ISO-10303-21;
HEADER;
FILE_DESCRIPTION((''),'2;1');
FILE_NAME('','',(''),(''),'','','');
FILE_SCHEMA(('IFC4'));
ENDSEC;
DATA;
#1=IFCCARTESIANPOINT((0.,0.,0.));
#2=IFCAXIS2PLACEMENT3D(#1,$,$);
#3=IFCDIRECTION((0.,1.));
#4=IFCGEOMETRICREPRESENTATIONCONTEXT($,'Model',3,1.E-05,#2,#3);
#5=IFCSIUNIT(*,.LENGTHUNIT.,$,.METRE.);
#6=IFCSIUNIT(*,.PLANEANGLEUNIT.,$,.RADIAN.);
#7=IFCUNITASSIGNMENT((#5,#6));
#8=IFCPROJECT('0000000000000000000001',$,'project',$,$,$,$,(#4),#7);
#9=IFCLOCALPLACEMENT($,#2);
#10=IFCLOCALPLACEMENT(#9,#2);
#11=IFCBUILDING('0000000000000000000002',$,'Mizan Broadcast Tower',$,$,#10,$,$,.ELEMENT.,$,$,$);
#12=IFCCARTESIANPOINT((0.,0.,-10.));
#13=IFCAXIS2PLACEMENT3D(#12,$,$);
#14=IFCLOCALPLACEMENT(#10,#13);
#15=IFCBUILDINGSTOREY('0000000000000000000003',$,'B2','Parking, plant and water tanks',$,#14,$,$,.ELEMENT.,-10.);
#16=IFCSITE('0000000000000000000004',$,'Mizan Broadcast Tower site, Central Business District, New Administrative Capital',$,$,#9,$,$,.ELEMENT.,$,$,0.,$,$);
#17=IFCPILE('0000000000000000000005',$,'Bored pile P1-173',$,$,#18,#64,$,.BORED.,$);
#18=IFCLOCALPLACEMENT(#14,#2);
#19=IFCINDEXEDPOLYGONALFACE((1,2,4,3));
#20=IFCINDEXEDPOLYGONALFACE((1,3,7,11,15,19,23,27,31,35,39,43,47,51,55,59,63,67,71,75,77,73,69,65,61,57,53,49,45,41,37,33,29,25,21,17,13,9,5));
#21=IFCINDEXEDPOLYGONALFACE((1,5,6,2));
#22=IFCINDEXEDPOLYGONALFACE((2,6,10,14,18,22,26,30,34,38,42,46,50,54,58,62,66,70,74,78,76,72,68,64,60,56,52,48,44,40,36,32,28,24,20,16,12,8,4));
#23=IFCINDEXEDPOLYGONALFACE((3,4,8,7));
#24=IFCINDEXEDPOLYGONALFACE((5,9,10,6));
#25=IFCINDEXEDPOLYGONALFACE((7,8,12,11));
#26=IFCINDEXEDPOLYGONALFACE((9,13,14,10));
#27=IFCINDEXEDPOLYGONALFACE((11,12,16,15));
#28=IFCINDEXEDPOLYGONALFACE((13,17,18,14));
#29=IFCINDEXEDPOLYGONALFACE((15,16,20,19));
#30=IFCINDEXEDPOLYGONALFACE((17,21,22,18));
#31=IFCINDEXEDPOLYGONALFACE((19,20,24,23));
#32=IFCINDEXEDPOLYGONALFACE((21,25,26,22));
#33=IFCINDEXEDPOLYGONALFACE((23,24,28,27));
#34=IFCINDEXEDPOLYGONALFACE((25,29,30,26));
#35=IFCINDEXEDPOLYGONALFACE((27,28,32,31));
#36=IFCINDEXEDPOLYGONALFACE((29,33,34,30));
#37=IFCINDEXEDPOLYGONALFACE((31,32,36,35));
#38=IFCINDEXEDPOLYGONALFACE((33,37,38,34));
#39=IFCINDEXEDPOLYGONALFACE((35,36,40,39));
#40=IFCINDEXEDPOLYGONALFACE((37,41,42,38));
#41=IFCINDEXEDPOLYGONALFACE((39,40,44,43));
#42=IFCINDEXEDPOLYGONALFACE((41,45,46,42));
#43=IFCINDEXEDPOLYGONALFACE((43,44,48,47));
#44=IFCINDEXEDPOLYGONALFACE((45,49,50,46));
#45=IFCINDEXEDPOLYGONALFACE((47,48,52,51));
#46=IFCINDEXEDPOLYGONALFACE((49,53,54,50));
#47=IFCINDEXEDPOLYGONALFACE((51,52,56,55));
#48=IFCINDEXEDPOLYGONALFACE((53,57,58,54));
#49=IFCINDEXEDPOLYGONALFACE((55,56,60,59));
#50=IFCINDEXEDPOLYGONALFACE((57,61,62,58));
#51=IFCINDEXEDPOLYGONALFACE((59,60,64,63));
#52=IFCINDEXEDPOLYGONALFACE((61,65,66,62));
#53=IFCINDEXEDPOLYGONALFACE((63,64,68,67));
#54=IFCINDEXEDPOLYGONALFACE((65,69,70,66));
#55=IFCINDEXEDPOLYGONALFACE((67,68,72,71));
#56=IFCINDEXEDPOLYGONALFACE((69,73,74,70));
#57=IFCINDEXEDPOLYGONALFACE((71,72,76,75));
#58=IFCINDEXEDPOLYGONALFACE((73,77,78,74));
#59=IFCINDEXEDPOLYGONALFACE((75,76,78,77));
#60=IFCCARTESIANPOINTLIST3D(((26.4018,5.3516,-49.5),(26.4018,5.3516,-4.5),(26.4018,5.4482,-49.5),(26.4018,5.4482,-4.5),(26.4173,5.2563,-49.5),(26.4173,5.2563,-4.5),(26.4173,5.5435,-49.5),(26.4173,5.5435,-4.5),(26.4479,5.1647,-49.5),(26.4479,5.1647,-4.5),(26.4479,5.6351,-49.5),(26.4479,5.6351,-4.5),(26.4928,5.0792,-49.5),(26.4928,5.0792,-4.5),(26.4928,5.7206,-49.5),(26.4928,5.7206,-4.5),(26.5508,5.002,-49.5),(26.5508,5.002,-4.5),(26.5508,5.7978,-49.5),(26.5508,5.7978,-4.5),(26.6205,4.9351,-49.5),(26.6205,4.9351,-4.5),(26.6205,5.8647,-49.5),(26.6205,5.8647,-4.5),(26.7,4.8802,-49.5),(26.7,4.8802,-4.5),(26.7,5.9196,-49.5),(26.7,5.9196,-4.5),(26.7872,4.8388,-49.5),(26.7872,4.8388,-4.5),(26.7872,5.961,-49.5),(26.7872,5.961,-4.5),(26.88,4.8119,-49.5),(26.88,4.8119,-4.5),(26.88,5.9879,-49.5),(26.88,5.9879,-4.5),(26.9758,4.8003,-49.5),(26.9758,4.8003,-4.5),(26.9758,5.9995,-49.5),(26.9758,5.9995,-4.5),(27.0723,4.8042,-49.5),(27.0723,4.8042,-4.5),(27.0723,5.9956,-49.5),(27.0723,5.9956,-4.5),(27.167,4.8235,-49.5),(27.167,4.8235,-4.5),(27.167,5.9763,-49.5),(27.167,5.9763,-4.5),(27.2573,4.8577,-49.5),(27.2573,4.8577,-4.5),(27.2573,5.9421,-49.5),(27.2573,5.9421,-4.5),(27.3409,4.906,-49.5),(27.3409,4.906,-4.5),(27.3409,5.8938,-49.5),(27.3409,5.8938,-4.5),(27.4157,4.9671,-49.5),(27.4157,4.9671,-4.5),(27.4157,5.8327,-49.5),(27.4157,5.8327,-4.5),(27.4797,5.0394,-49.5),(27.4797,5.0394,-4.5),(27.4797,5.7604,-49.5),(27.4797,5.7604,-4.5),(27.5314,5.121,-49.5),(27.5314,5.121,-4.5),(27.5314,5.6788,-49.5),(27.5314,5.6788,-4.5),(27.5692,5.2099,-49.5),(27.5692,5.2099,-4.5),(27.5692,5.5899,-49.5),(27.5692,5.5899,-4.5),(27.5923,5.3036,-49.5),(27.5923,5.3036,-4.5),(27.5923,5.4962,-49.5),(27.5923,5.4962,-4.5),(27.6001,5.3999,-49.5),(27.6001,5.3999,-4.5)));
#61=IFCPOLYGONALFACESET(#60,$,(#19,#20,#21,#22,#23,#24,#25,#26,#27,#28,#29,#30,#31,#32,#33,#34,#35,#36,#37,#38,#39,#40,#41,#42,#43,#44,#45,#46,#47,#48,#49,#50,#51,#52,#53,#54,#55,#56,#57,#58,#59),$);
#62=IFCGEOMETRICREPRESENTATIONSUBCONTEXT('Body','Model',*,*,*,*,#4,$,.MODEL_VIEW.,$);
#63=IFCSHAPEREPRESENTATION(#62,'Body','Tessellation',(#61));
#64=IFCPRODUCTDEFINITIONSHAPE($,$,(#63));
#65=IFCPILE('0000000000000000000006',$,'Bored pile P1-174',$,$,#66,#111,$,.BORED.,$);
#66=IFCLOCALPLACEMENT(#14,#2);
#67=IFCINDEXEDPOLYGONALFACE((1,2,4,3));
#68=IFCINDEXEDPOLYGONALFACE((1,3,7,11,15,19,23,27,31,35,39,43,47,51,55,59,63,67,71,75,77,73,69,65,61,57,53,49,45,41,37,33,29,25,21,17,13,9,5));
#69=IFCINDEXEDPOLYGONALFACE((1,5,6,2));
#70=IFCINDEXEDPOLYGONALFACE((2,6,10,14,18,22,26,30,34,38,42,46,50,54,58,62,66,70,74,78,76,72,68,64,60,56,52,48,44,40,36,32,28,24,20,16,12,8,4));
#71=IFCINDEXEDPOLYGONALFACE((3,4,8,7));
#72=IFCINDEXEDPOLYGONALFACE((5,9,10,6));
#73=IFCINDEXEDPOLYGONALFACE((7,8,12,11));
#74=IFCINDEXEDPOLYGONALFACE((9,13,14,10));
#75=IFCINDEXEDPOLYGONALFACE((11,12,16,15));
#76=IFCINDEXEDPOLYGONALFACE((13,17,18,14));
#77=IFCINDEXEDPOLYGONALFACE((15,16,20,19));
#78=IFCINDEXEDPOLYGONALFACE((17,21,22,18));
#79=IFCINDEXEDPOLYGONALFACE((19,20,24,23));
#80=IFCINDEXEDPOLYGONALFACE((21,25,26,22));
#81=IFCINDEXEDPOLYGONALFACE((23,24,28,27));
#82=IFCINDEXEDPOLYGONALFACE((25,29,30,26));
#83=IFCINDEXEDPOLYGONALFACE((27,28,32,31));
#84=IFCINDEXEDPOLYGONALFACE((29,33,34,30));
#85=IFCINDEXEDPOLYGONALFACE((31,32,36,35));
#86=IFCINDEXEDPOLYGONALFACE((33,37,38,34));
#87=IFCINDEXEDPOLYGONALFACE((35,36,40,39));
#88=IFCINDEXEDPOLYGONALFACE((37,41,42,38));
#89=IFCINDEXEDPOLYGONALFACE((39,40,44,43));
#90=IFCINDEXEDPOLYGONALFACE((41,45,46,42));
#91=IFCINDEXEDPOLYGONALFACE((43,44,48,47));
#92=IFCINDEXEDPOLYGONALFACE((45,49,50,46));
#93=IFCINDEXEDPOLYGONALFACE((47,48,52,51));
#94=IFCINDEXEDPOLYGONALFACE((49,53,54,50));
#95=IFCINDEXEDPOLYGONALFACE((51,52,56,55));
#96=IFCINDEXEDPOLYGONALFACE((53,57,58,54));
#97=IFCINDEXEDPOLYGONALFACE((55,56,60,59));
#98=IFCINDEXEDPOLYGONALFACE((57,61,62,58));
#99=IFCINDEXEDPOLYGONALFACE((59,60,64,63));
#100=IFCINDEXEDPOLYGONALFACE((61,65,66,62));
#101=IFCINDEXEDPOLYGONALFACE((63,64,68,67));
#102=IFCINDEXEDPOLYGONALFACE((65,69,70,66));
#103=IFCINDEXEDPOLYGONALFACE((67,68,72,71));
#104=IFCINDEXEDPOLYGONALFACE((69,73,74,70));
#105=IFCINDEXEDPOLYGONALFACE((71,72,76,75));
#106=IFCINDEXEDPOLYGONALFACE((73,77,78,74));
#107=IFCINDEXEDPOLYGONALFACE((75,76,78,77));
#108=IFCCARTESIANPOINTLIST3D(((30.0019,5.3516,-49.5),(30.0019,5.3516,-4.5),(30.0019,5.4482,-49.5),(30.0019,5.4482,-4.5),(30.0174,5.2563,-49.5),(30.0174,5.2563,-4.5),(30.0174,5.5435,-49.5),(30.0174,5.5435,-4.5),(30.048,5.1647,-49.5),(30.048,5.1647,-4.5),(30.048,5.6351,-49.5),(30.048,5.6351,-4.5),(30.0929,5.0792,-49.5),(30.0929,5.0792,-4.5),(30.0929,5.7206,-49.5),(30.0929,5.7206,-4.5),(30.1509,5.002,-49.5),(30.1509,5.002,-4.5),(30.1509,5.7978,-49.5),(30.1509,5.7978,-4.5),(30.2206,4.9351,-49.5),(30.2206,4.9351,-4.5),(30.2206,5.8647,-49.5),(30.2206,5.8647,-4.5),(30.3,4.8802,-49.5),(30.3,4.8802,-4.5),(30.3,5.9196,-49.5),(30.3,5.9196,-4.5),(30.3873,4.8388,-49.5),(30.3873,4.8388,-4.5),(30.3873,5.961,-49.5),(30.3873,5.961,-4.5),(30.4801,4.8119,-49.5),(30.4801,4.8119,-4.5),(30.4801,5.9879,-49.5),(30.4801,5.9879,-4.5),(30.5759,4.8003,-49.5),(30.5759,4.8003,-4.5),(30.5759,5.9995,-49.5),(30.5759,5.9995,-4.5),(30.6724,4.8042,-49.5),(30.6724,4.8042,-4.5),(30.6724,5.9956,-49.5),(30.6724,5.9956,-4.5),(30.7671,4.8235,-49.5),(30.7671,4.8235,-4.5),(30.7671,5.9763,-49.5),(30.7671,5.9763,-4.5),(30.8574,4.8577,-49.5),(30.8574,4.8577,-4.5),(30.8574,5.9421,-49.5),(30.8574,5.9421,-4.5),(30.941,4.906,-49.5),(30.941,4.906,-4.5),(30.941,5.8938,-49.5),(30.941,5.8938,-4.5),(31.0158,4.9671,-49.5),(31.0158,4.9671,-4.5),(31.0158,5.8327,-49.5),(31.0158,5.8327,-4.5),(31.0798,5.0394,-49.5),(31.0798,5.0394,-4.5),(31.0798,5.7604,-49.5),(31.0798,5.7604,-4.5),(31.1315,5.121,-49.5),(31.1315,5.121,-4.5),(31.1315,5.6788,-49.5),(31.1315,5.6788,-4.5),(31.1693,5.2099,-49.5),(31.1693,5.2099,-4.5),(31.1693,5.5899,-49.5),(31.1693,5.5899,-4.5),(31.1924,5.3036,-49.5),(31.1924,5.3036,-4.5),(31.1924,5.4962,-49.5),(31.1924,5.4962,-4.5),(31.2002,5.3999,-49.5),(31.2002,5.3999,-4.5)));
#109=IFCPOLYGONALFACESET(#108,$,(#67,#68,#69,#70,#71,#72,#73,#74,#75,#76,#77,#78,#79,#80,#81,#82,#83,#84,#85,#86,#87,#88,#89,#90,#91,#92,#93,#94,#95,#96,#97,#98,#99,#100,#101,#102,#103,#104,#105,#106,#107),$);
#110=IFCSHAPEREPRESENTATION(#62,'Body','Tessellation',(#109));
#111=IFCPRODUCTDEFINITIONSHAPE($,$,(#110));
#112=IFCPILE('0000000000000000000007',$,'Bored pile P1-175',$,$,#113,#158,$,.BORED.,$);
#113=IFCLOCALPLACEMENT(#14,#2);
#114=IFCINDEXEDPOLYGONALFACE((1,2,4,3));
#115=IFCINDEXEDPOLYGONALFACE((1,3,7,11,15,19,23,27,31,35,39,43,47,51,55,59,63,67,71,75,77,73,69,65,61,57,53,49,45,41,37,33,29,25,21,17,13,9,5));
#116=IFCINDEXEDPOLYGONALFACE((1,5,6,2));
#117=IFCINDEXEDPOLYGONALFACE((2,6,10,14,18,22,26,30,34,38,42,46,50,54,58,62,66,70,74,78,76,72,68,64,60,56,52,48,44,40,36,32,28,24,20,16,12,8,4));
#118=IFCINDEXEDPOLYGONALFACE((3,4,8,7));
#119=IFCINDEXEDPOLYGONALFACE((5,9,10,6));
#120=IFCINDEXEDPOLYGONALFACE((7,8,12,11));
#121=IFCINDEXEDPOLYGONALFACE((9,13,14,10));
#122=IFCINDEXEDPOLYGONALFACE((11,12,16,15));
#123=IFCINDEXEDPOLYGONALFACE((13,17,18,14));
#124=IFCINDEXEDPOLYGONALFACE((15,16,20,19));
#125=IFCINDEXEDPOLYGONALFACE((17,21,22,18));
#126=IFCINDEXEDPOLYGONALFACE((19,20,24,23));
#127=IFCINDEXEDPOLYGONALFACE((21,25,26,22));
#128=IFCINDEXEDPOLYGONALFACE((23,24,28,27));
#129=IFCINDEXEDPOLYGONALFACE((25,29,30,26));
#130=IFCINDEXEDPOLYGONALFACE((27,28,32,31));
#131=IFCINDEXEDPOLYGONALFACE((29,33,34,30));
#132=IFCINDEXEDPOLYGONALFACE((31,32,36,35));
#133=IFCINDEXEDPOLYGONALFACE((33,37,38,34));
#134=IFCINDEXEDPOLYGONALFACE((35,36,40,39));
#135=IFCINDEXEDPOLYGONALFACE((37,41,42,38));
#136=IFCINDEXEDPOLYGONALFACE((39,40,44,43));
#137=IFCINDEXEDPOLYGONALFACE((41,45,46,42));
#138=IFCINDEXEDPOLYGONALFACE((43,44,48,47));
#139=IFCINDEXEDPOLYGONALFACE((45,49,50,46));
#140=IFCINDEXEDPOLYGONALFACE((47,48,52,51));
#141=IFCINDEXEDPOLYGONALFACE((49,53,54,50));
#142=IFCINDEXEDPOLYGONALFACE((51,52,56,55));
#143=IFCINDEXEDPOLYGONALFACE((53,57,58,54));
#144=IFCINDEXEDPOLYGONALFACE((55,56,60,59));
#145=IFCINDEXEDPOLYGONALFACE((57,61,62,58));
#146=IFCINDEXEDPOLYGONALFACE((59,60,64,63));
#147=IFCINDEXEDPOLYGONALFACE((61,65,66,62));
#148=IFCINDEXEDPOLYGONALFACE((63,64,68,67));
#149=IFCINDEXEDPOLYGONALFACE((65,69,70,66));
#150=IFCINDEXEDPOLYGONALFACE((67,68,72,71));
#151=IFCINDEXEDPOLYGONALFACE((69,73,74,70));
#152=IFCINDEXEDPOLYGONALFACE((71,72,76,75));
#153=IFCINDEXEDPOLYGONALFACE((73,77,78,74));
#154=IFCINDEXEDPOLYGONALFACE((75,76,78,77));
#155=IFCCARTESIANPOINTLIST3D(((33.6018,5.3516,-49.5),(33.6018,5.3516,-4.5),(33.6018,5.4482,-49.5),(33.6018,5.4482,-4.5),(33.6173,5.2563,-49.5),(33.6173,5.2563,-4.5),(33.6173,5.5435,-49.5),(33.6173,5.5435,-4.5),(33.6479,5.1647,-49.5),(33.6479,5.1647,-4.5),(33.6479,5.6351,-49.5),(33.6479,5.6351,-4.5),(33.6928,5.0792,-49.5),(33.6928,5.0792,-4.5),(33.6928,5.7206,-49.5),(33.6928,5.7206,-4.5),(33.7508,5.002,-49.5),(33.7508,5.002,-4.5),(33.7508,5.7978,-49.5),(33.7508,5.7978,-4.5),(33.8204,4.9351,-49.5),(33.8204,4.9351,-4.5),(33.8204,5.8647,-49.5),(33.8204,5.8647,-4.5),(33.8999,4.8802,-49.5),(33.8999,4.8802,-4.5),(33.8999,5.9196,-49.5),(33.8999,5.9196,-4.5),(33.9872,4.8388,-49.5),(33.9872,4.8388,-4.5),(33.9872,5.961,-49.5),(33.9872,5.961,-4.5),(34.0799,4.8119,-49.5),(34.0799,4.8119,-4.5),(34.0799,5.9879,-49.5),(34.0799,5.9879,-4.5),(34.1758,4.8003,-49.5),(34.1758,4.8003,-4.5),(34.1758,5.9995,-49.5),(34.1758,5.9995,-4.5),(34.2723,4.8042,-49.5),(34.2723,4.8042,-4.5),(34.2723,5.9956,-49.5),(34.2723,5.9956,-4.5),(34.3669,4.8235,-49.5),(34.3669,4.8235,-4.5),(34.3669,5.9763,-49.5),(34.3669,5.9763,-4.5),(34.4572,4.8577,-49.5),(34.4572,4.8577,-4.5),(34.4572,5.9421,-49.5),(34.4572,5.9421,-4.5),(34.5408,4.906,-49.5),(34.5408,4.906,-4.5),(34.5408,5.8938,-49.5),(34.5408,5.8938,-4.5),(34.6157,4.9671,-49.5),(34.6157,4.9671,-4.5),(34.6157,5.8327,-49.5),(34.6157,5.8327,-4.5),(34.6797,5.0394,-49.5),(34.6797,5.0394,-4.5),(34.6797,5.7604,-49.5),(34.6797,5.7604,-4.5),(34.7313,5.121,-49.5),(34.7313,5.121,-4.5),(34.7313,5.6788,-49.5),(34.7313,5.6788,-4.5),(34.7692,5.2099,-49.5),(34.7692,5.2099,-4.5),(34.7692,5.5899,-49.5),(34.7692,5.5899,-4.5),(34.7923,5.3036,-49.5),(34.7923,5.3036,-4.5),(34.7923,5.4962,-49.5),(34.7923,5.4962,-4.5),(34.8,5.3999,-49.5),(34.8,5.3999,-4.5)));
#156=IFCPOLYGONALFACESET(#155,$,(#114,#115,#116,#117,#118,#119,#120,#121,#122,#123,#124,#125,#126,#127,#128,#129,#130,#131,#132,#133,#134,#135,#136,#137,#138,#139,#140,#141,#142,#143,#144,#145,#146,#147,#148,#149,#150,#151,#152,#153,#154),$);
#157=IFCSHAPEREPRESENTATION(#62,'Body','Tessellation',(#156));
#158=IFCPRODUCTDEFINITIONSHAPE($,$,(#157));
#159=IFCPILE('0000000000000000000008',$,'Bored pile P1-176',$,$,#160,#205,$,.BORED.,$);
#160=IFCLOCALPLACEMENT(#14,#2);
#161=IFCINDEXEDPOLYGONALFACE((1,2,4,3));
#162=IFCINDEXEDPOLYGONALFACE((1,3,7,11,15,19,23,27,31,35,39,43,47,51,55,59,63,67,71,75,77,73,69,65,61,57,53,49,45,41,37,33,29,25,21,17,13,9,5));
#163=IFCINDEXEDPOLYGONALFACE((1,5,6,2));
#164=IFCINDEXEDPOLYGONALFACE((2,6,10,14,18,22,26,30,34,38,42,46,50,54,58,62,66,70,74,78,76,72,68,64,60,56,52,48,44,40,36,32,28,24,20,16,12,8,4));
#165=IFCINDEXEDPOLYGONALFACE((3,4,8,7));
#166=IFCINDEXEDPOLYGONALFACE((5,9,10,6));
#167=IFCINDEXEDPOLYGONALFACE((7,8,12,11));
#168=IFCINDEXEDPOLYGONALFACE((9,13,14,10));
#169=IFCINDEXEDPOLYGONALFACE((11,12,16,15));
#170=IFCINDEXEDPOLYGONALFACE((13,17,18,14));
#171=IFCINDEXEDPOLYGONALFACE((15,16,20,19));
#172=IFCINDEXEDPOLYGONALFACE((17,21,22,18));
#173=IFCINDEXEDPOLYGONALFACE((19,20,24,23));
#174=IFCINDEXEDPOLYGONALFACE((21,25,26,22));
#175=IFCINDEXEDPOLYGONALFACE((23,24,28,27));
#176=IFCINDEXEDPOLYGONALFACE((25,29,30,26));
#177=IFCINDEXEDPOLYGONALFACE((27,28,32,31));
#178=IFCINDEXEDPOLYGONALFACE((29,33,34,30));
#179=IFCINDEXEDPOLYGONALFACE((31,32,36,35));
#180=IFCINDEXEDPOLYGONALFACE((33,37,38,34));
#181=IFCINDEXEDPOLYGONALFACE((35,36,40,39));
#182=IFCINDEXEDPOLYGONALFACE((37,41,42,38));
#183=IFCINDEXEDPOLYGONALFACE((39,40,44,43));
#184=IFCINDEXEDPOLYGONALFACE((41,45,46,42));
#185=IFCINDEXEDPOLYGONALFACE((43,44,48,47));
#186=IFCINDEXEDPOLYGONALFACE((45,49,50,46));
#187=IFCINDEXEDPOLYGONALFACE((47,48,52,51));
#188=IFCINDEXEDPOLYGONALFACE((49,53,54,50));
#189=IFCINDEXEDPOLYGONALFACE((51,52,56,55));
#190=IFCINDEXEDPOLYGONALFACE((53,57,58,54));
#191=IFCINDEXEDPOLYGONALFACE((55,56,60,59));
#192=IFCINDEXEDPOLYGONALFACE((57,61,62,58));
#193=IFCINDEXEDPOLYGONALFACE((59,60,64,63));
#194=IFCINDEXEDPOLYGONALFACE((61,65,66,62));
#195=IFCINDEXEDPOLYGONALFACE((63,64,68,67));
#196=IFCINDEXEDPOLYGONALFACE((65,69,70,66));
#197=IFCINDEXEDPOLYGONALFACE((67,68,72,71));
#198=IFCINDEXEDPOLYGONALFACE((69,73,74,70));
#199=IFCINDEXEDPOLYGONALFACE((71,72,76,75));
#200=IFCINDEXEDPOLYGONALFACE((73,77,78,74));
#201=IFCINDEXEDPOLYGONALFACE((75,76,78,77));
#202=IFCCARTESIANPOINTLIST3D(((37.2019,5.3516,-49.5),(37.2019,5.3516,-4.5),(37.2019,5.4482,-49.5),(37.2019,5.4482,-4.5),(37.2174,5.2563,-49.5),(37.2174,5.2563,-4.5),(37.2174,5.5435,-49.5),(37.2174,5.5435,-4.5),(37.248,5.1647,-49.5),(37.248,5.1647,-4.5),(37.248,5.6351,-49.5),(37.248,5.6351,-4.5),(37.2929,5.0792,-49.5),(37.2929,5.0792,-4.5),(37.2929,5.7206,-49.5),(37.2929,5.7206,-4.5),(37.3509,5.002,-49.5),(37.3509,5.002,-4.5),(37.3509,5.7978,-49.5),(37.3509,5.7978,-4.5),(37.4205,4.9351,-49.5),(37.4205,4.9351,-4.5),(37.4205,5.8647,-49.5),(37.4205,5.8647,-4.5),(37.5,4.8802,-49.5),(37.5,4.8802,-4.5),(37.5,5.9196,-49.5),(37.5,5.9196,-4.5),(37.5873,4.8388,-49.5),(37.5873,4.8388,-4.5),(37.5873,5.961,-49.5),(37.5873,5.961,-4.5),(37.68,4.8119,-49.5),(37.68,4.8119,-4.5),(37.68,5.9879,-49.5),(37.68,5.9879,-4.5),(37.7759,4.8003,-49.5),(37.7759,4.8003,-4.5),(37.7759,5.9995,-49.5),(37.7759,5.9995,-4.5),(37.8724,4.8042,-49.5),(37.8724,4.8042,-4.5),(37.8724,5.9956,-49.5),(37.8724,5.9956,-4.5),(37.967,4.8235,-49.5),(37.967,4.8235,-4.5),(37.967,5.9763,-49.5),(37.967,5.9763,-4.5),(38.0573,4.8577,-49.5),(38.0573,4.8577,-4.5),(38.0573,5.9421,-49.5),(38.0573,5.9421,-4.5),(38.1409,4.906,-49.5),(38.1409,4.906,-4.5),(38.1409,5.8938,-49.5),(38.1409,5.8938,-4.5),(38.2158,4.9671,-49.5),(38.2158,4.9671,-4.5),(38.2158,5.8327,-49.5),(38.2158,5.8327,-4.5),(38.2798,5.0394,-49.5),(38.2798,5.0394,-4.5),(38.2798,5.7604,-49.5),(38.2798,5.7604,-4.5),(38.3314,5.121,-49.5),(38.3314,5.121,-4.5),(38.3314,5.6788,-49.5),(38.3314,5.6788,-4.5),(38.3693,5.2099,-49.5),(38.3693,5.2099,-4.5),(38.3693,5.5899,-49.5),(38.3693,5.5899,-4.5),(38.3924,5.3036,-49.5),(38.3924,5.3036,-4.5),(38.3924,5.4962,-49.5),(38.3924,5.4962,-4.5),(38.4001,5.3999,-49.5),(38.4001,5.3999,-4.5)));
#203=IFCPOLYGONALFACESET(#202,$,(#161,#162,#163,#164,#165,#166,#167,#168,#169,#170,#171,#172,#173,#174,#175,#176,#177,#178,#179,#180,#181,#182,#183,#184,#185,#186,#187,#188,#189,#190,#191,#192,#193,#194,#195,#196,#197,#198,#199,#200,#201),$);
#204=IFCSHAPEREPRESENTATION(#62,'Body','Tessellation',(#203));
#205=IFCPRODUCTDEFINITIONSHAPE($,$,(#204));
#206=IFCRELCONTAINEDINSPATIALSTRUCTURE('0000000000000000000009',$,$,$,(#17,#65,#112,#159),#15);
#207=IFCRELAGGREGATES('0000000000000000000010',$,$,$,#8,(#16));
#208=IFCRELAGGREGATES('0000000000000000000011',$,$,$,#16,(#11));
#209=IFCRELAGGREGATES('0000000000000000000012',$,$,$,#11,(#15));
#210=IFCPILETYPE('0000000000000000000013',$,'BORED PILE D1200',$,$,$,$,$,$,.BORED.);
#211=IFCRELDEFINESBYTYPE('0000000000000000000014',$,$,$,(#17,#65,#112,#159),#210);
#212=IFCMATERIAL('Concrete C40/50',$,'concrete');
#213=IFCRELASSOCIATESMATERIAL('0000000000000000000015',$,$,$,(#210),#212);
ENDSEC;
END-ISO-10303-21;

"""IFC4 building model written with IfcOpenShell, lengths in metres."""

from ifc_helpers import new_model, si_unit, direction, frame, origin, origin_2d, place, context, subcontext, project, spatial, circle, extrude, material, material_profile, profile_set, type_object, element, save


model = new_model("IFC4")

# Units and contexts
model_context = context("Model", 3, precision=1e-05, world=origin(), true_north=direction((0.0, 1.0)))
body_context = subcontext(model_context, "Body", "Model", "MODEL_VIEW")
ifc_project = project(units=[si_unit("LENGTHUNIT", "METRE"), si_unit("PLANEANGLEUNIT", "RADIAN")], contexts=[model_context])

# Site, building, storey
site_placement = place(None, origin())
site = spatial("IfcSite", under=ifc_project, at=site_placement, Name="Mizan Broadcast Tower site, Central Business District, New Administrative Capital", CompositionType="ELEMENT", RefElevation=0.0)
building_placement = place(site_placement, origin())
building = spatial("IfcBuilding", under=site, at=building_placement, Name="Mizan Broadcast Tower", CompositionType="ELEMENT")
storey_placement = place(building_placement, frame((0.0, 0.0, -10.0)))
storey = spatial("IfcBuildingStorey", under=building, at=storey_placement, Name="B2", Description="Parking, plant and water tanks", CompositionType="ELEMENT", Elevation=-10.0)

# Piles
ifc_material_1 = material(Name="Concrete C40/50", Category="concrete")
ifc_material_profile_1 = material_profile(ifc_material_1, circle(Radius=0.6001, at=origin_2d()), Name="D1200")
ifc_profile_set_1 = profile_set([ifc_material_profile_1], Name="Concrete C40/50")
pile_type_1 = type_object("IfcPileType", Name="BORED PILE D1200", PredefinedType="BORED", material=ifc_profile_set_1)
for number, where, z_axis, x_axis, name in (
    (1, (27.0, 5.3999, -4.5), (0.0, 0.0, -1.0), (1.0, 0.0, 0.0), "Bored pile P1-173"),
    (2, (30.6001, 5.3999, -4.5), (0.0, 0.0, -1.0), (1.0, 0.0, 0.0), "Bored pile P1-174"),
    (3, (34.2, 5.3999, -4.5), (0.0, 0.0, -1.0), (1.0, 0.0, 0.0), "Bored pile P1-175"),
    (4, (37.8, 5.3999, -4.5), (0.0, 0.0, -1.0), (1.0, 0.0, 0.0), "Bored pile P1-176"),
):
    element("IfcPile", number, at=place(storey_placement, frame(where, z_axis=z_axis, x_axis=x_axis)), inside=storey, type_object=pile_type_1, Name=name, PredefinedType="BORED", context=body_context, shape_type="SweptSolid", body=[
        extrude(circle(Radius=0.6001, at=origin_2d()), origin(), (0.0, 0.0, 1.0), 45.0),
    ])

save(model, "model.ifc")
